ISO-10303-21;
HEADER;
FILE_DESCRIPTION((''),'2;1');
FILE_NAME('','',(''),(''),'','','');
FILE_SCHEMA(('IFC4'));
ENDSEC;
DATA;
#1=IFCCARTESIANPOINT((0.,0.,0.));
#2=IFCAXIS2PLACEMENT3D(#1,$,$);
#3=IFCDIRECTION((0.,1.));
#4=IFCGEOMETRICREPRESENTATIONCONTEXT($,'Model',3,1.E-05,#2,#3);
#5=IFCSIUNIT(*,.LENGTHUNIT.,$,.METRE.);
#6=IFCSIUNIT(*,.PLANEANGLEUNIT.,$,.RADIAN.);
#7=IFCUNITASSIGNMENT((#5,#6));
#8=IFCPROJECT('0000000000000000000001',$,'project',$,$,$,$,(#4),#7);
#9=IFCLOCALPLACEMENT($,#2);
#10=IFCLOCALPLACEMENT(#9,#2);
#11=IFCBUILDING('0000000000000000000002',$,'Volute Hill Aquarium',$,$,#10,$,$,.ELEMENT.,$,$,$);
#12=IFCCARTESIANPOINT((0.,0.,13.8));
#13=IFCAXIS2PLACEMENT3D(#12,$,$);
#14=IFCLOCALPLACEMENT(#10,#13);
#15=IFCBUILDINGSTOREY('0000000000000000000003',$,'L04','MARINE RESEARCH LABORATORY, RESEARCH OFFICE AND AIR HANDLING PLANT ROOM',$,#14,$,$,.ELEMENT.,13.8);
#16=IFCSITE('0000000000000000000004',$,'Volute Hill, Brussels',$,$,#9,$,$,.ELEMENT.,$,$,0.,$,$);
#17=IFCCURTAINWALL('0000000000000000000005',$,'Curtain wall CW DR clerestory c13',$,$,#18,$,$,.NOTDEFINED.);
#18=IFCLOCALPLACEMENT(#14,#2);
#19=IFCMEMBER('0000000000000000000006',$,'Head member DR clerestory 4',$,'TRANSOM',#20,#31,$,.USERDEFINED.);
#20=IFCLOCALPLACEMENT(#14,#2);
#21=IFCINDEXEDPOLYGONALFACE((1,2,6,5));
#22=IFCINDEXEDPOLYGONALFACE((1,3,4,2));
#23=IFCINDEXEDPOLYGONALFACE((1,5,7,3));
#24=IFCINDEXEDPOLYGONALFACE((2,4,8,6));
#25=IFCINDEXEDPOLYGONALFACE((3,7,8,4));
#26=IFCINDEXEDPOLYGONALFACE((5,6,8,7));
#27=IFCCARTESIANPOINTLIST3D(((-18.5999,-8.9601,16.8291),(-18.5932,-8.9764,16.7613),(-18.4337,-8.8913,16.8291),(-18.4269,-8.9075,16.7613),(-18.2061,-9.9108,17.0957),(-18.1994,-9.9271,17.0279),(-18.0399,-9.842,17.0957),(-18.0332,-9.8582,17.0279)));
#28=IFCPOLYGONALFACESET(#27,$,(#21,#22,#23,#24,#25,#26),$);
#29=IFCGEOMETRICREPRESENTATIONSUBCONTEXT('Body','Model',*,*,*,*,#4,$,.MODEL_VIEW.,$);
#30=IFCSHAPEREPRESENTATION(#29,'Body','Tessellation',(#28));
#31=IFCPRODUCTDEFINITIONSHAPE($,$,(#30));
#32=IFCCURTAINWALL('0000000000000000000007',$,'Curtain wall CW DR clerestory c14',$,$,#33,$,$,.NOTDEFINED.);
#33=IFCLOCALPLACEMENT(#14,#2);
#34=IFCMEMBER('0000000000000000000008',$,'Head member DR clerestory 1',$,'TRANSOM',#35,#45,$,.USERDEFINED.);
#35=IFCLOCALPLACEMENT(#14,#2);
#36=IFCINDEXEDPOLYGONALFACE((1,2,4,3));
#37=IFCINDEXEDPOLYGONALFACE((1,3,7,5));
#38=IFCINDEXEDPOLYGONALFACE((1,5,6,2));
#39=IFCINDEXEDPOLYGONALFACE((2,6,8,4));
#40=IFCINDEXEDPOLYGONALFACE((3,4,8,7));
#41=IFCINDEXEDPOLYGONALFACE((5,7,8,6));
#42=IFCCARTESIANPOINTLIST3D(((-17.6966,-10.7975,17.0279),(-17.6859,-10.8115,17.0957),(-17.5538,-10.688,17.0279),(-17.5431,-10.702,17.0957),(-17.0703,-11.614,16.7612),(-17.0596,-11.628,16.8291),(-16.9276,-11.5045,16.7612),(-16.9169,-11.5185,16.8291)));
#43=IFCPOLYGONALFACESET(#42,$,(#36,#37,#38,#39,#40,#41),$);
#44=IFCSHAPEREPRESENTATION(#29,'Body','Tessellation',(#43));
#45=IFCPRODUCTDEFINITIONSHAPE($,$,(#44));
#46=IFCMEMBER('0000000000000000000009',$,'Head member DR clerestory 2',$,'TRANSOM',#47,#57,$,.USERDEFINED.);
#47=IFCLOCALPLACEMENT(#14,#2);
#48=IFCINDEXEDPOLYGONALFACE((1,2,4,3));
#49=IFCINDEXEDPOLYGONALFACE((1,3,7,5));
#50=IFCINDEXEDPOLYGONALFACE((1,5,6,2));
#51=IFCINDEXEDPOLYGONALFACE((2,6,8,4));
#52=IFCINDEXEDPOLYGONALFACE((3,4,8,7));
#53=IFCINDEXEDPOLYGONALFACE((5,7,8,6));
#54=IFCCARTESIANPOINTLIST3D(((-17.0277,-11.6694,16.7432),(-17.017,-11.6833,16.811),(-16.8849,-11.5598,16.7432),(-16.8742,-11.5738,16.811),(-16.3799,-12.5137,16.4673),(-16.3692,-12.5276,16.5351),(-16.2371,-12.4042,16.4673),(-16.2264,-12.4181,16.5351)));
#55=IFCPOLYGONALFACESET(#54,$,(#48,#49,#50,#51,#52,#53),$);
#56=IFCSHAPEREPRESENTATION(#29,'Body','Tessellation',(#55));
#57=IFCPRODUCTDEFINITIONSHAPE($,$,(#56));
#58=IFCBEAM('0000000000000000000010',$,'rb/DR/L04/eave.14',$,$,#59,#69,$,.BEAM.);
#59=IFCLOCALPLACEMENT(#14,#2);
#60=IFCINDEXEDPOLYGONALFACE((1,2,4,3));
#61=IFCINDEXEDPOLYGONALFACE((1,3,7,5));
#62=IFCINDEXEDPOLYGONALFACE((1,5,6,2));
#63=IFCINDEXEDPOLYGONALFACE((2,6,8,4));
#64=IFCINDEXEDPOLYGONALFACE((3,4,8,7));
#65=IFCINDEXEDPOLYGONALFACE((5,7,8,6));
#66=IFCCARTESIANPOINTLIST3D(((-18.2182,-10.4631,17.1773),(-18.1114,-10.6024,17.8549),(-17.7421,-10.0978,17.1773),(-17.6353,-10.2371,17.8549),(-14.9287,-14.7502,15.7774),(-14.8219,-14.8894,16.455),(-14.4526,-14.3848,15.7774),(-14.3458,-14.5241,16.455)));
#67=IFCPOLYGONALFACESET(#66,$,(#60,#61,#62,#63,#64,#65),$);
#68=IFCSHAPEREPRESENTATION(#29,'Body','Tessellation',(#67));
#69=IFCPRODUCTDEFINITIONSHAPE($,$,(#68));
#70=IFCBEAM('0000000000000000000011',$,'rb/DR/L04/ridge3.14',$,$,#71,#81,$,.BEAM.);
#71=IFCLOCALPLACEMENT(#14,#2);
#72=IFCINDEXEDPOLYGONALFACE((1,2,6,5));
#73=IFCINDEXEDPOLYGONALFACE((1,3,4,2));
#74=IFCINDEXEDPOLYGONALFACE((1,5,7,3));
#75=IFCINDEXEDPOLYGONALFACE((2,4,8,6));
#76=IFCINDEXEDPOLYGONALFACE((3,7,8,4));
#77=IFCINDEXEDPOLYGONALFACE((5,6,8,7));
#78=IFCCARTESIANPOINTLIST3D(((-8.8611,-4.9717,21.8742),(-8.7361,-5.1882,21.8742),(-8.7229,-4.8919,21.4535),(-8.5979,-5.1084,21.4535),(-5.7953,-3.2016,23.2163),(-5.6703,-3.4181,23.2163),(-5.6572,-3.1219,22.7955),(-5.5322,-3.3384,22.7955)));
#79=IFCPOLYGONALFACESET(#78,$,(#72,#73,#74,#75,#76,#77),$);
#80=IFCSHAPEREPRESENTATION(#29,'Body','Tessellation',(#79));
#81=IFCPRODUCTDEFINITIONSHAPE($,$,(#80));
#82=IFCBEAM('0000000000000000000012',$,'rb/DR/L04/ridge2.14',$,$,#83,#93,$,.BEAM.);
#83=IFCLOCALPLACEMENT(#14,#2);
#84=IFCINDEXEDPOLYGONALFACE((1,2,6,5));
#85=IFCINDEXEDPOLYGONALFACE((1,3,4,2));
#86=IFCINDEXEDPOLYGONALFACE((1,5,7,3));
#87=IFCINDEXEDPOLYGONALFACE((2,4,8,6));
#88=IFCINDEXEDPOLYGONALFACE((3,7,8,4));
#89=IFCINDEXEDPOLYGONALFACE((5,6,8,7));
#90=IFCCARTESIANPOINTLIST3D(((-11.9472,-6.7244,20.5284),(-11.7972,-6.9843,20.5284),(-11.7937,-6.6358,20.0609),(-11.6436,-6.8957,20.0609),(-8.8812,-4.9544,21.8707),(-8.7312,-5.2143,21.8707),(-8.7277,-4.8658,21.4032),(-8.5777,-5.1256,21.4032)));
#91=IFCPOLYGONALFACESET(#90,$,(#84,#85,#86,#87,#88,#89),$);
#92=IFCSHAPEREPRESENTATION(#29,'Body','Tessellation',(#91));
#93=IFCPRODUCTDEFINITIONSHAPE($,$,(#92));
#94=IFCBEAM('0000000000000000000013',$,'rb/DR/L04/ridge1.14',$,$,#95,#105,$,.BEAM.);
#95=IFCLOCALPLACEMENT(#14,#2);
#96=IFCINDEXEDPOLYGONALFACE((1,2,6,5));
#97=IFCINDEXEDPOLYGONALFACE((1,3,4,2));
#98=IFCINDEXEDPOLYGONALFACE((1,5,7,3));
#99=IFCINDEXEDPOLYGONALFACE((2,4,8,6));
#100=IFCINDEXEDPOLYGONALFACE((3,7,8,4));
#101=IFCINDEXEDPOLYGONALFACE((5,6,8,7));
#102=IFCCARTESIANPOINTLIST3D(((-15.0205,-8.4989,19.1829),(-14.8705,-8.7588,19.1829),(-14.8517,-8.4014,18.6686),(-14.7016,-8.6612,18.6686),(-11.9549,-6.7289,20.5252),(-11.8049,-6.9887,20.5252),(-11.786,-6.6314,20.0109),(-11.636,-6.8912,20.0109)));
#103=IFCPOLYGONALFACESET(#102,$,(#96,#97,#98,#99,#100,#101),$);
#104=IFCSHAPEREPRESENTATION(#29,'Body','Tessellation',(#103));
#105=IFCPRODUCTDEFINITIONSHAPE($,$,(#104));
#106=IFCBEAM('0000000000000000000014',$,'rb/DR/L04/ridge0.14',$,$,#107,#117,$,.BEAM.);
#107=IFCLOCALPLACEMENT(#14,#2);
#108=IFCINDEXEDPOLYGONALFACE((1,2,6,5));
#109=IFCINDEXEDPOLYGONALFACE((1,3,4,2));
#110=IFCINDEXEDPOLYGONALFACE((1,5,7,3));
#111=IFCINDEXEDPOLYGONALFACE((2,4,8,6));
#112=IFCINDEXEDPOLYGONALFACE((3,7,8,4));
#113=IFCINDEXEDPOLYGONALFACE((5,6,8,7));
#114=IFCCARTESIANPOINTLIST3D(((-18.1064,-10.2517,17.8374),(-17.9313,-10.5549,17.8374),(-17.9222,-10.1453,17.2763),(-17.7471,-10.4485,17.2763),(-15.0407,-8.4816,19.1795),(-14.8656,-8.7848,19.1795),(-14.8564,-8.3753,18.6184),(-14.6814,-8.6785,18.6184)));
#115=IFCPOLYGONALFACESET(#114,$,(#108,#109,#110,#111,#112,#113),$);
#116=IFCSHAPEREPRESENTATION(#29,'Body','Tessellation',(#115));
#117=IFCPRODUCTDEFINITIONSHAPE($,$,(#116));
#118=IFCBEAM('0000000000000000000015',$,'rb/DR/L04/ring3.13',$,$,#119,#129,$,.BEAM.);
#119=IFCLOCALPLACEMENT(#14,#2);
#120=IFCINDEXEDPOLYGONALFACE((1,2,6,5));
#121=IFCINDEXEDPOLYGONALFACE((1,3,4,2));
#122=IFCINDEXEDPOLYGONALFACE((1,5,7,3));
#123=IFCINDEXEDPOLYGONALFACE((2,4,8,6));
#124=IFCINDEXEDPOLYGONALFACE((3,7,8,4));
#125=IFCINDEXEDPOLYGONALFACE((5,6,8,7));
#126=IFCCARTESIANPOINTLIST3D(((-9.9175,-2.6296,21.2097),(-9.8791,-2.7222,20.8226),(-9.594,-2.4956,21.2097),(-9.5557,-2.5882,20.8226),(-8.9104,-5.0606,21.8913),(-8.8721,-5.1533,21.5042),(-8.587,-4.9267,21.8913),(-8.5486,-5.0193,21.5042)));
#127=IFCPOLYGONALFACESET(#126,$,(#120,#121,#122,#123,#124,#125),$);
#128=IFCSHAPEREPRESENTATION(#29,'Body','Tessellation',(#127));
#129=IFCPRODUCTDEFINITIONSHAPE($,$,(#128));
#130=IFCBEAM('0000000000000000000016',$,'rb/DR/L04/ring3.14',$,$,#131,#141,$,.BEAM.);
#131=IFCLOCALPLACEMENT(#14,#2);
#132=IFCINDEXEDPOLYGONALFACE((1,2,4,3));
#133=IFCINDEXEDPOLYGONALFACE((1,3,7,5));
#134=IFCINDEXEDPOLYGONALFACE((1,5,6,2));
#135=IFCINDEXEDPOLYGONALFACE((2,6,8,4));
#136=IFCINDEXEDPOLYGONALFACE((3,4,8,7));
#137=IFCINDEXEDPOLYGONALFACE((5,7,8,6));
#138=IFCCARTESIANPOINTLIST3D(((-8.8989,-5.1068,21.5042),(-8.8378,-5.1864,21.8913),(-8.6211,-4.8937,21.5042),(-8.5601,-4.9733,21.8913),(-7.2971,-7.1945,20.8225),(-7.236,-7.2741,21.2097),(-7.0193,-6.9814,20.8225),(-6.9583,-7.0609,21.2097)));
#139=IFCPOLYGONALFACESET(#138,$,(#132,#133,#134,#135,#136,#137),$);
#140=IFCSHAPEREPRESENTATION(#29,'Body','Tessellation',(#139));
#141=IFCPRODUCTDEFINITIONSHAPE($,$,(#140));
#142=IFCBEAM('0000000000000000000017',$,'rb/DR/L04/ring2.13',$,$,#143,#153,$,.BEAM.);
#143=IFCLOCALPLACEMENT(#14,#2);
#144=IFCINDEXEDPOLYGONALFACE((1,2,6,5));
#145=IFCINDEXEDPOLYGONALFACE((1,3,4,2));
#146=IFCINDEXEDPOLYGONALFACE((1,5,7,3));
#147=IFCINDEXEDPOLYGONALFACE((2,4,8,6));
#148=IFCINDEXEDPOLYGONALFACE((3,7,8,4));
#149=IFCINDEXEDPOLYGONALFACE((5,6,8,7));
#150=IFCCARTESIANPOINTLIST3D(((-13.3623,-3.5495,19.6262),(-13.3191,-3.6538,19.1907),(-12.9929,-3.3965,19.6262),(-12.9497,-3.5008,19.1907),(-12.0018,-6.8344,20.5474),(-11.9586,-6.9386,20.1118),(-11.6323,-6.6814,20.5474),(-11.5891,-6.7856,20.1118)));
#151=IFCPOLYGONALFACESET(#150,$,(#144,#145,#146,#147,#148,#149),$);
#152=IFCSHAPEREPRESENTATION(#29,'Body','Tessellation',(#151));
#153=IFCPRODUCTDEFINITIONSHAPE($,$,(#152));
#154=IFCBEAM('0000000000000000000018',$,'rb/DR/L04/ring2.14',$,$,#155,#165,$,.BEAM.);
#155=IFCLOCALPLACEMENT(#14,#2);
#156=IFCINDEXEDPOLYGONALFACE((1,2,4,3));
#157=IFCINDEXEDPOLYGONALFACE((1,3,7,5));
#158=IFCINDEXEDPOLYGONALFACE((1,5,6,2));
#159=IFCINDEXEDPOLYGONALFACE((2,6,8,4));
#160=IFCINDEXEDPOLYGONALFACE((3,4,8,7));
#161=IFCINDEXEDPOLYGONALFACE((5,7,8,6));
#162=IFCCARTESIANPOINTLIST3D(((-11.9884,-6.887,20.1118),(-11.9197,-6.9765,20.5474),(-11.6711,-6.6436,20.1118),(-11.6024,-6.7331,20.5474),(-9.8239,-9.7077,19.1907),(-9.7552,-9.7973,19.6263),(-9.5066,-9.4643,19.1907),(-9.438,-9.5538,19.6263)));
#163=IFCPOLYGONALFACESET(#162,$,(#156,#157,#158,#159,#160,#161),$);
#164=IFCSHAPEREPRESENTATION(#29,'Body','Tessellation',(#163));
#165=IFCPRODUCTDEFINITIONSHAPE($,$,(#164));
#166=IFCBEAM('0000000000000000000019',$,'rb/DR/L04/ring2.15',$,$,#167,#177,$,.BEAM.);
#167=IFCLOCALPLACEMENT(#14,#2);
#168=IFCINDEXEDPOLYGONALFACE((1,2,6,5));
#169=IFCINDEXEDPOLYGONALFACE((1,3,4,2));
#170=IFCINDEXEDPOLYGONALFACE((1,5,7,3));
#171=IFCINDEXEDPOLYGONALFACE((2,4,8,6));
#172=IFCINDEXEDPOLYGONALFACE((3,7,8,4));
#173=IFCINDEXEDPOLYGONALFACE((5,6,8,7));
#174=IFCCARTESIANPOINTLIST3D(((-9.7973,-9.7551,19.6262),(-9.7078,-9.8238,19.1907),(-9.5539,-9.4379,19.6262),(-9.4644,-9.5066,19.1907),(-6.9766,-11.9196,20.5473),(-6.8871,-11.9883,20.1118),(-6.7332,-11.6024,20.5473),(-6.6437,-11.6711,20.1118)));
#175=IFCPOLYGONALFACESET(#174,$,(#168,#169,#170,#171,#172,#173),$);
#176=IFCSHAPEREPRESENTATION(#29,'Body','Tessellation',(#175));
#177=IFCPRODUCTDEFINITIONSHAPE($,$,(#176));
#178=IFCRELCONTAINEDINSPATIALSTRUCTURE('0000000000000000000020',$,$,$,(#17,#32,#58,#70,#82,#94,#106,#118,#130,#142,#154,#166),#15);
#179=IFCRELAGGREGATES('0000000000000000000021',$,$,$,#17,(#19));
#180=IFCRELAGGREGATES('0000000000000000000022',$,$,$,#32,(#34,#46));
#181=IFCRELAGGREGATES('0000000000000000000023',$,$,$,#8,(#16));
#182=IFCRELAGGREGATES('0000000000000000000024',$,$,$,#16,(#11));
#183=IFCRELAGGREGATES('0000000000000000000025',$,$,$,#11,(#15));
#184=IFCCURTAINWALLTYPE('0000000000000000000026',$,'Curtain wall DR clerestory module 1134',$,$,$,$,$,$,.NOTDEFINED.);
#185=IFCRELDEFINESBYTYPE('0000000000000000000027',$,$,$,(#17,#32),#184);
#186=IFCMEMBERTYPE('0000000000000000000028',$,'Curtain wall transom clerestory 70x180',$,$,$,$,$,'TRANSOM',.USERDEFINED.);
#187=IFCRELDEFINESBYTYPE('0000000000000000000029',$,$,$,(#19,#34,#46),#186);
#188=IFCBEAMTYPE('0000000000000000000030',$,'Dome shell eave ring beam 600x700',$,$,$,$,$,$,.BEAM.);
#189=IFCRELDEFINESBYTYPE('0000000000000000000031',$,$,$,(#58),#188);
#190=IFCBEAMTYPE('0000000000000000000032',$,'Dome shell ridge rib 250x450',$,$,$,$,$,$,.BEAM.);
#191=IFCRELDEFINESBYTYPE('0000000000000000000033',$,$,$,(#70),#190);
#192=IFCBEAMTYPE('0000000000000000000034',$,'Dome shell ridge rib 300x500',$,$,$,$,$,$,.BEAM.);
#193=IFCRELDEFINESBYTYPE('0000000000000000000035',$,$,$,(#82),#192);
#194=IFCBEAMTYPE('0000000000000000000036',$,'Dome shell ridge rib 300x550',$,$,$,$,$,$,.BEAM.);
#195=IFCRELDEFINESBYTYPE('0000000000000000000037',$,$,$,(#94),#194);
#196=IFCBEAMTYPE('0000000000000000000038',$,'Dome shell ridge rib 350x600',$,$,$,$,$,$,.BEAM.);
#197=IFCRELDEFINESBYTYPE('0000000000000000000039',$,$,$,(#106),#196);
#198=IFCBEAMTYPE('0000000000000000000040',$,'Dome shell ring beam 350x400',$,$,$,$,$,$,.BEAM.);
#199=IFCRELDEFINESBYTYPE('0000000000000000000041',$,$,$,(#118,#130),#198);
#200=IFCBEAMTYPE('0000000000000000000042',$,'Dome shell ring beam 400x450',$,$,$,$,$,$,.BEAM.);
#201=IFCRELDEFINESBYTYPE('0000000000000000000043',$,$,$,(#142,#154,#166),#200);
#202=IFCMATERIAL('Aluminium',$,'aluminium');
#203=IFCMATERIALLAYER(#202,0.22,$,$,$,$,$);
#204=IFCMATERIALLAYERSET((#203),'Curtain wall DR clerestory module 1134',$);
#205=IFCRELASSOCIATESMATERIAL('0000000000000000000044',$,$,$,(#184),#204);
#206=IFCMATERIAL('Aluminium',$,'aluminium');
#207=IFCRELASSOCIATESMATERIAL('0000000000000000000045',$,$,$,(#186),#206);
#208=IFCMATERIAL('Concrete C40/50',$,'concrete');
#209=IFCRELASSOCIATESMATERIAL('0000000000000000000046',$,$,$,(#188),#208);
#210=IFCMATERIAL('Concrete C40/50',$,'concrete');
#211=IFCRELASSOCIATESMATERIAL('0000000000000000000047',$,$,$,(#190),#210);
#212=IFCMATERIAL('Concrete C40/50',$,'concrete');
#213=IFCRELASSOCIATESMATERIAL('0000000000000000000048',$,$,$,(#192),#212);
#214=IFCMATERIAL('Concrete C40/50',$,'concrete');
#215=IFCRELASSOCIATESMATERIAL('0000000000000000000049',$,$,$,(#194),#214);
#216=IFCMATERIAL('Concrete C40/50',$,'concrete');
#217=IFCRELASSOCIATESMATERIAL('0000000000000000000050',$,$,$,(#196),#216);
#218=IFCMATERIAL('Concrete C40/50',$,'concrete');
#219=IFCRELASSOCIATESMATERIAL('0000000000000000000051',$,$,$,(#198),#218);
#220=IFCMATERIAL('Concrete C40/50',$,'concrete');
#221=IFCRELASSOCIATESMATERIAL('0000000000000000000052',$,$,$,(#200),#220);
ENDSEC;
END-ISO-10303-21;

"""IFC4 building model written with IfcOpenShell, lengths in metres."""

from ifc_helpers import new_model, si_unit, direction, frame, origin, origin_2d, place, context, subcontext, project, spatial, rectangle, extrude, material, layer, layer_set, material_profile, profile_set, type_object, element, aggregate, save


model = new_model("IFC4")

# Units and contexts
model_context = context("Model", 3, precision=1e-05, world=origin(), true_north=direction((0.0, 1.0)))
body_context = subcontext(model_context, "Body", "Model", "MODEL_VIEW")
ifc_project = project(units=[si_unit("LENGTHUNIT", "METRE"), si_unit("PLANEANGLEUNIT", "RADIAN")], contexts=[model_context])

# Site, building, storey
site_placement = place(None, origin())
site = spatial("IfcSite", under=ifc_project, at=site_placement, Name="Volute Hill, Brussels", CompositionType="ELEMENT", RefElevation=0.0)
building_placement = place(site_placement, origin())
building = spatial("IfcBuilding", under=site, at=building_placement, Name="Volute Hill Aquarium", CompositionType="ELEMENT")
storey_placement = place(building_placement, frame((0.0, 0.0, 13.8)))
storey = spatial("IfcBuildingStorey", under=building, at=storey_placement, Name="L04", Description="MARINE RESEARCH LABORATORY, RESEARCH OFFICE AND AIR HANDLING PLANT ROOM", CompositionType="ELEMENT", Elevation=13.8)

# Curtain wall, member
ifc_material_1 = material(Name="Aluminium", Category="aluminium")
ifc_layer_1 = layer(ifc_material_1, 0.22)
ifc_layer_set_1 = layer_set([ifc_layer_1], Name="Curtain wall DR clerestory module 1134")
curtain_wall_type = type_object("IfcCurtainWallType", Name="Curtain wall DR clerestory module 1134", PredefinedType="NOTDEFINED", material=ifc_layer_set_1)
curtain_wall_1_placement = place(storey_placement, origin())
curtain_wall_1 = element("IfcCurtainWall", 1, at=curtain_wall_1_placement, inside=storey, type_object=curtain_wall_type, Name="Curtain wall CW DR clerestory c13", PredefinedType="NOTDEFINED")
ifc_material_2 = material(Name="Aluminium", Category="aluminium")
ifc_material_profile_1 = material_profile(ifc_material_2, rectangle(XDim=0.1799, YDim=0.0701, at=origin_2d()), Name="Curtain wall transom clerestory 70x180")
ifc_profile_set_1 = profile_set([ifc_material_profile_1], Name="Aluminium")
member_type = type_object("IfcMemberType", Name="Curtain wall transom clerestory 70x180", ElementType="TRANSOM", PredefinedType="USERDEFINED", material=ifc_profile_set_1)
member_1_placement = place(storey_placement, frame((-18.5134, -8.9338, 16.7952), z_axis=(0.370462, -0.894346, 0.250803), x_axis=(0.923875, 0.382694, 0.0)))
member_1 = element("IfcMember", 2, at=member_1_placement, type_object=member_type, Name="Head member DR clerestory 4", ObjectType="TRANSOM", PredefinedType="USERDEFINED", context=body_context, shape_type="SweptSolid", body=[
    extrude(rectangle(XDim=0.1799, YDim=0.0701, at=origin_2d()), origin(), (0.0, 0.0, 1.0), 1.063),
])
aggregate(curtain_wall_1, [member_1])

# Curtain wall, members
curtain_wall_2_placement = place(storey_placement, origin())
curtain_wall_2 = element("IfcCurtainWall", 3, at=curtain_wall_2_placement, inside=storey, type_object=curtain_wall_type, Name="Curtain wall CW DR clerestory c14", PredefinedType="NOTDEFINED")
member_2_placement = place(storey_placement, frame((-17.6199, -10.7498, 17.0618), z_axis=(0.589165, -0.768096, -0.250826), x_axis=(0.793461, 0.608621, 0.0)))
member_2 = element("IfcMember", 4, at=member_2_placement, type_object=member_type, Name="Head member DR clerestory 1", ObjectType="TRANSOM", PredefinedType="USERDEFINED", context=body_context, shape_type="SweptSolid", body=[
    extrude(rectangle(XDim=0.1799, YDim=0.0701, at=origin_2d()), origin(), (0.0, 0.0, 1.0), 1.063),
])
member_3_placement = place(storey_placement, frame((-16.9509, -11.6216, 16.7771), z_axis=(0.58922, -0.768007, -0.250968), x_axis=(0.7934, 0.608701, 0.0)))
member_3 = element("IfcMember", 5, at=member_3_placement, type_object=member_type, Name="Head member DR clerestory 2", ObjectType="TRANSOM", PredefinedType="USERDEFINED", context=body_context, shape_type="SweptSolid", body=[
    extrude(rectangle(XDim=0.1799, YDim=0.0701, at=origin_2d()), origin(), (0.0, 0.0, 1.0), 1.0994),
])
aggregate(curtain_wall_2, [member_2, member_3])

# Beams
ifc_material_3 = material(Name="Concrete C40/50", Category="concrete")
ifc_material_profile_2 = material_profile(ifc_material_3, rectangle(XDim=0.6001, YDim=0.7, at=origin_2d()), Name="RC beam 600x700")
ifc_profile_set_2 = profile_set([ifc_material_profile_2], Name="Concrete C40/50")
beam_type_1 = type_object("IfcBeamType", Name="Dome shell eave ring beam 600x700", PredefinedType="BEAM", material=ifc_profile_set_2)
beam_1_placement = place(storey_placement, frame((-17.9268, -10.3501, 17.5161), z_axis=(0.5893, -0.768006, -0.250783), x_axis=(0.793359, 0.608754, 0.0)))
element("IfcBeam", 6, at=beam_1_placement, inside=storey, type_object=beam_type_1, Name="rb/DR/L04/eave.14", PredefinedType="BEAM", context=body_context, shape_type="SweptSolid", body=[
    extrude(rectangle(XDim=0.6001, YDim=0.7, at=origin_2d()), origin(), (0.0, 0.0, 1.0), 5.582),
])
ifc_material_4 = material(Name="Concrete C40/50", Category="concrete")
ifc_material_profile_3 = material_profile(ifc_material_4, rectangle(XDim=0.25, YDim=0.45, at=origin_2d()), Name="RC rib 250x450")
ifc_profile_set_3 = profile_set([ifc_material_profile_3], Name="Concrete C40/50")
beam_type_2 = type_object("IfcBeamType", Name="Dome shell ridge rib 250x450", PredefinedType="BEAM", material=ifc_profile_set_3)
beam_2_placement = place(storey_placement, frame((-8.7295, -5.04, 21.6638), z_axis=(0.809779, 0.46754, 0.354492), x_axis=(-0.500011, 0.866019, 0.0)))
element("IfcBeam", 7, at=beam_2_placement, inside=storey, type_object=beam_type_2, Name="rb/DR/L04/ridge3.14", PredefinedType="BEAM", context=body_context, shape_type="SweptSolid", body=[
    extrude(rectangle(XDim=0.25, YDim=0.45, at=origin_2d()), origin(), (0.0, 0.0, 1.0), 3.7859),
])
ifc_material_5 = material(Name="Concrete C40/50", Category="concrete")
ifc_material_profile_4 = material_profile(ifc_material_5, rectangle(XDim=0.3, YDim=0.5, at=origin_2d()), Name="RC rib 300x500")
ifc_profile_set_4 = profile_set([ifc_material_profile_4], Name="Concrete C40/50")
beam_type_3 = type_object("IfcBeamType", Name="Dome shell ridge rib 300x500", PredefinedType="BEAM", material=ifc_profile_set_4)
beam_3_placement = place(storey_placement, frame((-11.7954, -6.8101, 20.2947), z_axis=(0.809783, 0.467505, 0.35453), x_axis=(-0.499981, 0.866036, 0.0)))
element("IfcBeam", 8, at=beam_3_placement, inside=storey, type_object=beam_type_3, Name="rb/DR/L04/ridge2.14", PredefinedType="BEAM", context=body_context, shape_type="SweptSolid", body=[
    extrude(rectangle(XDim=0.3, YDim=0.5, at=origin_2d()), origin(), (0.0, 0.0, 1.0), 3.7861),
])
ifc_material_6 = material(Name="Concrete C40/50", Category="concrete")
ifc_material_profile_5 = material_profile(ifc_material_6, rectangle(XDim=0.3, YDim=0.55, at=origin_2d()), Name="RC rib 300x550")
ifc_profile_set_5 = profile_set([ifc_material_profile_5], Name="Concrete C40/50")
beam_type_4 = type_object("IfcBeamType", Name="Dome shell ridge rib 300x550", PredefinedType="BEAM", material=ifc_profile_set_5)
beam_4_placement = place(storey_placement, frame((-14.8611, -8.5801, 18.9258), z_axis=(0.80976, 0.467529, 0.354548), x_axis=(-0.500011, 0.866019, 0.0)))
element("IfcBeam", 9, at=beam_4_placement, inside=storey, type_object=beam_type_4, Name="rb/DR/L04/ridge1.14", PredefinedType="BEAM", context=body_context, shape_type="SweptSolid", body=[
    extrude(rectangle(XDim=0.3, YDim=0.55, at=origin_2d()), origin(), (0.0, 0.0, 1.0), 3.7859),
])
ifc_material_7 = material(Name="Concrete C40/50", Category="concrete")
ifc_material_profile_6 = material_profile(ifc_material_7, rectangle(XDim=0.3501, YDim=0.6001, at=origin_2d()), Name="RC rib 350x600")
ifc_profile_set_6 = profile_set([ifc_material_profile_6], Name="Concrete C40/50")
beam_type_5 = type_object("IfcBeamType", Name="Dome shell ridge rib 350x600", PredefinedType="BEAM", material=ifc_profile_set_6)
beam_5_placement = place(storey_placement, frame((-17.9268, -10.3501, 17.5569), z_axis=(0.809779, 0.46754, 0.354492), x_axis=(-0.500011, 0.866019, 0.0)))
element("IfcBeam", 10, at=beam_5_placement, inside=storey, type_object=beam_type_5, Name="rb/DR/L04/ridge0.14", PredefinedType="BEAM", context=body_context, shape_type="SweptSolid", body=[
    extrude(rectangle(XDim=0.3501, YDim=0.6001, at=origin_2d()), origin(), (0.0, 0.0, 1.0), 3.7859),
])
ifc_material_8 = material(Name="Concrete C40/50", Category="concrete")
ifc_material_profile_7 = material_profile(ifc_material_8, rectangle(XDim=0.3501, YDim=0.3999, at=origin_2d()), Name="RC beam 350x400")
ifc_profile_set_7 = profile_set([ifc_material_profile_7], Name="Concrete C40/50")
beam_type_6 = type_object("IfcBeamType", Name="Dome shell ring beam 350x400", PredefinedType="BEAM", material=ifc_profile_set_7)
for number, where, z_axis, x_axis, name in (
    (11, (-9.7366, -2.6089, 21.0161), (0.370477, -0.894353, 0.250757), (0.923871, 0.382704, 0.0), "rb/DR/L04/ring3.13"),
    (12, (-8.7295, -5.04, 21.6978), (0.589286, -0.768021, -0.250768), (0.793372, 0.608737, 0.0), "rb/DR/L04/ring3.14"),
):
    element("IfcBeam", number, at=place(storey_placement, frame(where, z_axis=z_axis, x_axis=x_axis)), inside=storey, type_object=beam_type_6, Name=name, PredefinedType="BEAM", context=body_context, shape_type="SweptSolid", body=[
        extrude(rectangle(XDim=0.3501, YDim=0.3999, at=origin_2d()), origin(), (0.0, 0.0, 1.0), 2.7183),
    ])
ifc_material_9 = material(Name="Concrete C40/50", Category="concrete")
ifc_material_profile_8 = material_profile(ifc_material_9, rectangle(XDim=0.3999, YDim=0.45, at=origin_2d()), Name="RC beam 400x450")
ifc_profile_set_8 = profile_set([ifc_material_profile_8], Name="Concrete C40/50")
beam_type_7 = type_object("IfcBeamType", Name="Dome shell ring beam 400x450", PredefinedType="BEAM", material=ifc_profile_set_8)
for number, where, z_axis, x_axis, name in (
    (13, (-13.156, -3.5251, 19.4084), (0.370439, -0.894359, 0.250793), (0.923885, 0.382669, 0.0), "rb/DR/L04/ring2.13"),
    (14, (-11.7954, -6.8101, 20.3296), (0.589319, -0.767989, -0.25079), (0.793343, 0.608775, 0.0), "rb/DR/L04/ring2.14"),
    (15, (-9.6309, -9.6309, 19.4084), (0.767989, -0.589319, 0.25079), (0.608775, 0.793343, 0.0), "rb/DR/L04/ring2.15"),
):
    element("IfcBeam", number, at=place(storey_placement, frame(where, z_axis=z_axis, x_axis=x_axis)), inside=storey, type_object=beam_type_7, Name=name, PredefinedType="BEAM", context=body_context, shape_type="SweptSolid", body=[
        extrude(rectangle(XDim=0.3999, YDim=0.45, at=origin_2d()), origin(), (0.0, 0.0, 1.0), 3.6729),
    ])

save(model, "model.ifc")
